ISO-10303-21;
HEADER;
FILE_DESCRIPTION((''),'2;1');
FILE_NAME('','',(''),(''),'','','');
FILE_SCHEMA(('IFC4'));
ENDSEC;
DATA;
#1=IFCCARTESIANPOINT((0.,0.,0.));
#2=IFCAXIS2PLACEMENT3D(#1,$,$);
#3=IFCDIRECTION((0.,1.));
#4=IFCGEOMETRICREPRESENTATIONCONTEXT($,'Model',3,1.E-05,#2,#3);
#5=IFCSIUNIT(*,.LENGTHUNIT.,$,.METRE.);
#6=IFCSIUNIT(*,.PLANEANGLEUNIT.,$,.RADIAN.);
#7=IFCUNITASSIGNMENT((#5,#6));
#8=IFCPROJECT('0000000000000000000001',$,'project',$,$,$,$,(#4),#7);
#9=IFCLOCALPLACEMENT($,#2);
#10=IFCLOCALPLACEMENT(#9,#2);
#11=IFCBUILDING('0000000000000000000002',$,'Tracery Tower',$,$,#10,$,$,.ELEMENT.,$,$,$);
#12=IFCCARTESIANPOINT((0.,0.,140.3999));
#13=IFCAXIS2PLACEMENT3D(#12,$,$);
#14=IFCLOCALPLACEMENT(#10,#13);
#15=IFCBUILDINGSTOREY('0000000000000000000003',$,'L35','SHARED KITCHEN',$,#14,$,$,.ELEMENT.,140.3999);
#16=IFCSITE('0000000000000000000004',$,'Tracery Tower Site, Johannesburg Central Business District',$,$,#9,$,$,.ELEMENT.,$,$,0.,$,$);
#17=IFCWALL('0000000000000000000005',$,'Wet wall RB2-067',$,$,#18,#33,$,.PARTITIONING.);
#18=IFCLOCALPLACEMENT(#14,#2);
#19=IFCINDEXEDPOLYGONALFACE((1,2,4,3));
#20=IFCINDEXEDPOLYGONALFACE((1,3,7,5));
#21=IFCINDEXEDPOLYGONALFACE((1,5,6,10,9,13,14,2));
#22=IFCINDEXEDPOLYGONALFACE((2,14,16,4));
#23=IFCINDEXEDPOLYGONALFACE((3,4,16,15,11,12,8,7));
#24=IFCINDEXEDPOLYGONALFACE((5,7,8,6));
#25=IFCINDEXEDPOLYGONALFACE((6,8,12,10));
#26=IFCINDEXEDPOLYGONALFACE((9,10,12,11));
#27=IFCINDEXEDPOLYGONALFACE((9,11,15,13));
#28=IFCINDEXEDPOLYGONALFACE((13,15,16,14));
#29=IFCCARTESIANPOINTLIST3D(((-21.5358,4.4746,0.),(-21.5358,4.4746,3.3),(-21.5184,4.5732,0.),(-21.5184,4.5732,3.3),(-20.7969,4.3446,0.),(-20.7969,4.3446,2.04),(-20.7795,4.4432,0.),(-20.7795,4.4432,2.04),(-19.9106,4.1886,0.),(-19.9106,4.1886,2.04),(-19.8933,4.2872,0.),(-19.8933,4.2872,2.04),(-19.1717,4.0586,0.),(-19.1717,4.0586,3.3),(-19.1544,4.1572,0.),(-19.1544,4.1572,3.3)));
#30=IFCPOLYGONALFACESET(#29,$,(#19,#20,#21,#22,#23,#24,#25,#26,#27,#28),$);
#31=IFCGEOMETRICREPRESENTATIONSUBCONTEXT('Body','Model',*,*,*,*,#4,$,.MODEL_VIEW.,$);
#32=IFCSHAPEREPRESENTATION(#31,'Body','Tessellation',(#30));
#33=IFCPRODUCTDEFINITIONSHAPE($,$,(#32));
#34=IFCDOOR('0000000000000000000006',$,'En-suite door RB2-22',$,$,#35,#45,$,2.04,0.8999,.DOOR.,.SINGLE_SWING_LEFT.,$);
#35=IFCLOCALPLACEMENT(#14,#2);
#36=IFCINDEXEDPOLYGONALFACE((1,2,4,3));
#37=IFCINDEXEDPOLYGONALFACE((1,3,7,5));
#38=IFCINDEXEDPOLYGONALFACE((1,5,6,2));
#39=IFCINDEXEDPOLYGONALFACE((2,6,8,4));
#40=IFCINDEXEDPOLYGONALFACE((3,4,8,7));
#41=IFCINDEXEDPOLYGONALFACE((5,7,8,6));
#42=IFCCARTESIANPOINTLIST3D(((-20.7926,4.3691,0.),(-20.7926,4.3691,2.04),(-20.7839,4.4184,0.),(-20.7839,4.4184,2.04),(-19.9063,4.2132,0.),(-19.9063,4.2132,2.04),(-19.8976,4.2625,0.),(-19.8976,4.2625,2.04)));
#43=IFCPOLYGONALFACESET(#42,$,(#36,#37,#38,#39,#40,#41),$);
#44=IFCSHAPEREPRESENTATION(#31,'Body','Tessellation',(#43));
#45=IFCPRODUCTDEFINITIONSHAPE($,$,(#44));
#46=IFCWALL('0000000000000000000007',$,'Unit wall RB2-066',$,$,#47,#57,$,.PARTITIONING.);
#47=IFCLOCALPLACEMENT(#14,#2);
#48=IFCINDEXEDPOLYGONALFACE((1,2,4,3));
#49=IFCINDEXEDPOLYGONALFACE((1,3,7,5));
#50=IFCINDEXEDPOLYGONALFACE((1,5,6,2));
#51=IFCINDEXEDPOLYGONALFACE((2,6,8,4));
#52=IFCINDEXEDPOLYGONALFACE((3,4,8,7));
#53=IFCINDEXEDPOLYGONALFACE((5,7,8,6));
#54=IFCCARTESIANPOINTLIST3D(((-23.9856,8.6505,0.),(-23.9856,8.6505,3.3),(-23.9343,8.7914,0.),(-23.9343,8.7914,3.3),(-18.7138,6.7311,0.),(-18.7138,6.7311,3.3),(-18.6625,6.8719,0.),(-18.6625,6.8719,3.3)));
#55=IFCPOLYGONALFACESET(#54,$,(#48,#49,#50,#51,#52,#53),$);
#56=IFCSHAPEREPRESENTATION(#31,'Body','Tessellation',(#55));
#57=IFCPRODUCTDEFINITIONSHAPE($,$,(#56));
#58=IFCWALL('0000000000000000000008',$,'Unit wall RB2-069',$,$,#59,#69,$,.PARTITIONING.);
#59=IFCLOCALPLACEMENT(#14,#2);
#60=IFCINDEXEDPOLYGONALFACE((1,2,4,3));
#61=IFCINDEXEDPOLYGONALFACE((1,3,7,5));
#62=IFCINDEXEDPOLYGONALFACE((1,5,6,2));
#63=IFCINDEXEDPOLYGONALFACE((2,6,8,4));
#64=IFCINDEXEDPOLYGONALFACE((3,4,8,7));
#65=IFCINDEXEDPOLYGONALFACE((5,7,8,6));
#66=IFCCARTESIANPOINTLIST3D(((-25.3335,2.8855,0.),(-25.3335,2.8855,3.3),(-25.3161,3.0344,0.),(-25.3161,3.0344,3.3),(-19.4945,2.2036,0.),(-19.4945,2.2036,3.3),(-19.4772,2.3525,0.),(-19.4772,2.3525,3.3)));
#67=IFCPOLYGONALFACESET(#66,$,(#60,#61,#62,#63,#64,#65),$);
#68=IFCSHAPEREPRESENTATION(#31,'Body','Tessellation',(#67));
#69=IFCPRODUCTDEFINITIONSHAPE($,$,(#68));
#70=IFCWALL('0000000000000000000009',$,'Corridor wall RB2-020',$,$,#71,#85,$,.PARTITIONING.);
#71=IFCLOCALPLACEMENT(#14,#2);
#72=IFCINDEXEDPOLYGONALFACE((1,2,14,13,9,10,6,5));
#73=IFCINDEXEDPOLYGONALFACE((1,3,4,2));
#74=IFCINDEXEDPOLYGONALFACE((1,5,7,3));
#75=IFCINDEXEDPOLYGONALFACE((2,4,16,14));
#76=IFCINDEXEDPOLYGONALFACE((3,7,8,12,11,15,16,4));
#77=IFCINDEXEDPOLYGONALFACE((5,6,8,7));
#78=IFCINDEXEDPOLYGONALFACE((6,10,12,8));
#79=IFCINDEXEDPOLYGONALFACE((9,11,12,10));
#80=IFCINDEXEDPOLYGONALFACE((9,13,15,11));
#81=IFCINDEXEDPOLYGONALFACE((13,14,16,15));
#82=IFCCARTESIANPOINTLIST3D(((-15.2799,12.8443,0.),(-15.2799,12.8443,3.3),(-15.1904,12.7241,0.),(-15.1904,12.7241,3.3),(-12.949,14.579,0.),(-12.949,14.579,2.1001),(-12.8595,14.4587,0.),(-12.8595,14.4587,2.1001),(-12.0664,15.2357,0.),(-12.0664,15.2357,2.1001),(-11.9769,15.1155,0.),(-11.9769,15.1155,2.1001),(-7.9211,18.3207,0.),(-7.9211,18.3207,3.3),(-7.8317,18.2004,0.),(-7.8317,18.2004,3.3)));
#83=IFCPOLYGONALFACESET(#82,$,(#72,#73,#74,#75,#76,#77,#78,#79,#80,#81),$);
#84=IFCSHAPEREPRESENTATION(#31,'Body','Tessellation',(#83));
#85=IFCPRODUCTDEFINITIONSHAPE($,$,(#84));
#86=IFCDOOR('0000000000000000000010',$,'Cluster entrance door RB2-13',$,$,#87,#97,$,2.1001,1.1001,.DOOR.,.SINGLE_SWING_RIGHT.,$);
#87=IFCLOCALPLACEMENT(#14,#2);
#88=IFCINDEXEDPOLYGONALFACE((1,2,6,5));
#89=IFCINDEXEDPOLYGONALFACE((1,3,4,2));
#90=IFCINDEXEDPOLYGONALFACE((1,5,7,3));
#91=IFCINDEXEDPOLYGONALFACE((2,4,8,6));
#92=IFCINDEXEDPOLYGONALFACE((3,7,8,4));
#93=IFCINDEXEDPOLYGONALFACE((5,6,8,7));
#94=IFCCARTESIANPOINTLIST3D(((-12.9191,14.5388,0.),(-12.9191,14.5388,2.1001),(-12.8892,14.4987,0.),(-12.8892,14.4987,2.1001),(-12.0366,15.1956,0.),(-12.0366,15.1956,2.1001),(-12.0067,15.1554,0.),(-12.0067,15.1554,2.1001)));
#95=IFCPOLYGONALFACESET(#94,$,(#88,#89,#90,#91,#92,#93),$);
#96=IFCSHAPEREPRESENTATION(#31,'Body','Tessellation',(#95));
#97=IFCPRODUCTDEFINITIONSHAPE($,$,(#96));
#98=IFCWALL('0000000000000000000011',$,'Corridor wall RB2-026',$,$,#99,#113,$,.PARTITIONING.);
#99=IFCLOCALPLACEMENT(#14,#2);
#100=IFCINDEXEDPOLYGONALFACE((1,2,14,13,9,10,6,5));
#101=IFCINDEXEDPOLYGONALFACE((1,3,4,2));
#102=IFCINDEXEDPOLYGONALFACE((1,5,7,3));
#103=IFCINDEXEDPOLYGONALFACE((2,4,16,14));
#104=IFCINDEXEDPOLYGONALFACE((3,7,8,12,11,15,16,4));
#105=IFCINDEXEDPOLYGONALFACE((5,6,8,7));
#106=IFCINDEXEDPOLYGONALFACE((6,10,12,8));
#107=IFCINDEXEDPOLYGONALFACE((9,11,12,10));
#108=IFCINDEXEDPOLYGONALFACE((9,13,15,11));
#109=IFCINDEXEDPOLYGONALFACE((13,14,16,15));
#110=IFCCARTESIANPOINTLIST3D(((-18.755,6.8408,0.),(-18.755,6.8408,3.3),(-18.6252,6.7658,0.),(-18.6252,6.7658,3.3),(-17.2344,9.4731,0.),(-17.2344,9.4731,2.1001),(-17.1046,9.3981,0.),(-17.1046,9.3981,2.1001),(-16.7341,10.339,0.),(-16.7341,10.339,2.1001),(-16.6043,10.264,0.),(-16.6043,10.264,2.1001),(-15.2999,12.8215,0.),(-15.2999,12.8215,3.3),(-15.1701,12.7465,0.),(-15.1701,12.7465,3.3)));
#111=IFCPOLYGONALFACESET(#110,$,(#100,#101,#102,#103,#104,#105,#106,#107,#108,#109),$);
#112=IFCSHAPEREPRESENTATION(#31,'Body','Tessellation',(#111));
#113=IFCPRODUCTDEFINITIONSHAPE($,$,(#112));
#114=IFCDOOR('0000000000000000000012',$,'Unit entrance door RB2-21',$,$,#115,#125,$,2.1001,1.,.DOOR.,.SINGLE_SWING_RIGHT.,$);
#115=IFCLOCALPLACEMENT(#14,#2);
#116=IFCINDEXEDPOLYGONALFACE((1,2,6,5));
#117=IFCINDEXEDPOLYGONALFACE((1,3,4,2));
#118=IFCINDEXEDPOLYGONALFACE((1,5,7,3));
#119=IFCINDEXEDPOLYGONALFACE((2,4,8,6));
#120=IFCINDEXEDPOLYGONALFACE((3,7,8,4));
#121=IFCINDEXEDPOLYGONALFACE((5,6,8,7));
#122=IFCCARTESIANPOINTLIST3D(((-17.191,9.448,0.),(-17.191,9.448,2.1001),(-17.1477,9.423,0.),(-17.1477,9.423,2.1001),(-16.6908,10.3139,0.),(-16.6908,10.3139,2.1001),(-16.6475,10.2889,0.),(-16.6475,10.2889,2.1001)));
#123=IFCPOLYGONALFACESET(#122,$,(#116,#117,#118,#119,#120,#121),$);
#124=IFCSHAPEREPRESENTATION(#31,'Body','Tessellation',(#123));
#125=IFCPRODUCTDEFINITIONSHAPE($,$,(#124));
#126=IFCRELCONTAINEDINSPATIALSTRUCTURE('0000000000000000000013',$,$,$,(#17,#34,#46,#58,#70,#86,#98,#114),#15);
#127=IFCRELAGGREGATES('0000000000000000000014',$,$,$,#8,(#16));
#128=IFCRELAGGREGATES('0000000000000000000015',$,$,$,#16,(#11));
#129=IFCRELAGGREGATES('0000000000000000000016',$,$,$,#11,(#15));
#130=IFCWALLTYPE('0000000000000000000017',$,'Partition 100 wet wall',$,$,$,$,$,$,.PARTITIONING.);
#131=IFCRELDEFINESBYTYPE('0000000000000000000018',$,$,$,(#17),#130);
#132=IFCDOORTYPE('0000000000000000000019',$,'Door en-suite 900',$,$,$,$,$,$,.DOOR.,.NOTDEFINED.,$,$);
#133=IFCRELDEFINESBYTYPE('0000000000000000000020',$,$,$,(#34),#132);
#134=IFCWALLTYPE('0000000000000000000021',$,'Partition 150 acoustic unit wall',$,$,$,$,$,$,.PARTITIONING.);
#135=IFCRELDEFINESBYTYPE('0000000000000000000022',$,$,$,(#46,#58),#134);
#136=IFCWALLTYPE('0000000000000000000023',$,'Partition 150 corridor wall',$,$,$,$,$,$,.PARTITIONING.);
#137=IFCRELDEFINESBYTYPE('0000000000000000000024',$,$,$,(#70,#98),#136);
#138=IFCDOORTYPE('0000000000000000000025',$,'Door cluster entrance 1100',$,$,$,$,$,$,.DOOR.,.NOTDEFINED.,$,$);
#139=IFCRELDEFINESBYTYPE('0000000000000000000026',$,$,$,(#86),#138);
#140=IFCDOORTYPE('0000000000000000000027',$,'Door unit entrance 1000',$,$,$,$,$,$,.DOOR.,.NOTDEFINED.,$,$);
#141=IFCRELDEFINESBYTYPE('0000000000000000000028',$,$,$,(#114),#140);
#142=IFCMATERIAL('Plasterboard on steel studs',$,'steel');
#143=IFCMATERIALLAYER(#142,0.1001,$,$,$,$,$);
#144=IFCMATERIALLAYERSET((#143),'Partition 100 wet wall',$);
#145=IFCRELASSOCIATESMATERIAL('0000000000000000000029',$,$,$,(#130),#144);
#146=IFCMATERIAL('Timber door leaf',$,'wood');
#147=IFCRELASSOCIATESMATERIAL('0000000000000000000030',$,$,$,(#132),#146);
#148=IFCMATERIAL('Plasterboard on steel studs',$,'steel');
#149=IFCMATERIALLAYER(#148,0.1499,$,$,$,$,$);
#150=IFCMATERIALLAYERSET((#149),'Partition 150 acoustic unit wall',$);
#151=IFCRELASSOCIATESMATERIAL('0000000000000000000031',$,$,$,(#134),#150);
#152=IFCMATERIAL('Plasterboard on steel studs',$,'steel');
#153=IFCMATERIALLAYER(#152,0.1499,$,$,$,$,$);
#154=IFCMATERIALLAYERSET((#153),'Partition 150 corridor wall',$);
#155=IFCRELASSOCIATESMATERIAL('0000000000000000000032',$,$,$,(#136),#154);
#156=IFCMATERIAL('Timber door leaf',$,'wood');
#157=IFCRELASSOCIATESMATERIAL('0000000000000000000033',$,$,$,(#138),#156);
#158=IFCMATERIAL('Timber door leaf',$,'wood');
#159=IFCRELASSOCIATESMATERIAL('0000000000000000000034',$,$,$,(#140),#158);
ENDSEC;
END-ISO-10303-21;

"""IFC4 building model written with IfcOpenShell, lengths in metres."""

from ifc_helpers import new_model, si_unit, direction, frame, frame_2d, origin, place, context, subcontext, project, spatial, rectangle, extrude, material, layer, layer_set, type_object, element, fill, save


model = new_model("IFC4")

# Units and contexts
model_context = context("Model", 3, precision=1e-05, world=origin(), true_north=direction((0.0, 1.0)))
body_context = subcontext(model_context, "Body", "Model", "MODEL_VIEW")
ifc_project = project(units=[si_unit("LENGTHUNIT", "METRE"), si_unit("PLANEANGLEUNIT", "RADIAN")], contexts=[model_context])

# Site, building, storey
site_placement = place(None, origin())
site = spatial("IfcSite", under=ifc_project, at=site_placement, Name="Tracery Tower Site, Johannesburg Central Business District", CompositionType="ELEMENT", RefElevation=0.0)
building_placement = place(site_placement, origin())
building = spatial("IfcBuilding", under=site, at=building_placement, Name="Tracery Tower", CompositionType="ELEMENT")
storey_placement = place(building_placement, frame((0.0, 0.0, 140.3999)))
storey = spatial("IfcBuildingStorey", under=building, at=storey_placement, Name="L35", Description="SHARED KITCHEN", CompositionType="ELEMENT", Elevation=140.3999)

# Shared definitions
ifc_material_1 = material(Name="Plasterboard on steel studs", Category="steel")
ifc_layer_1 = layer(ifc_material_1, 0.1001)
ifc_layer_set_1 = layer_set([ifc_layer_1], Name="Partition 100 wet wall")
wall_type_1 = type_object("IfcWallType", Name="Partition 100 wet wall", PredefinedType="PARTITIONING", material=ifc_layer_set_1)

# Shared definitions
ifc_material_2 = material(Name="Timber door leaf", Category="wood")
door_type_1 = type_object("IfcDoorType", Name="Door en-suite 900", OperationType="NOTDEFINED", PredefinedType="DOOR", material=ifc_material_2)

# Wall, opening, door
wall_1_placement = place(storey_placement, frame((-21.5271, 4.5239, 0.0), z_axis=(0.0, 0.0, 1.0), x_axis=(0.984866, -0.173315, 0.0)))
wall_1 = element("IfcWall", 1, at=wall_1_placement, inside=storey, type_object=wall_type_1, Name="Wet wall RB2-067", PredefinedType="PARTITIONING", context=body_context, shape_type="SweptSolid", body=[
    extrude(rectangle(XDim=2.4004, YDim=0.1001, at=frame_2d((1.2002, 0.0))), origin(), (0.0, 0.0, 1.0), 3.3),
])
opening_1_placement = place(wall_1_placement, frame((0.7502, 0.0, 0.0)))
opening_1 = element("IfcOpeningElement", 2, at=opening_1_placement, cuts=wall_1, PredefinedType="OPENING", context=body_context, shape_type="SweptSolid", body=[
    extrude(rectangle(XDim=0.8999, YDim=2.04, at=frame_2d((0.45, 1.02))), frame((0.0, 0.05, 0.0), z_axis=(0.0, -1.0, 0.0), x_axis=(1.0, 0.0, 0.0)), (0.0, 0.0, 1.0), 0.1001),
])
door_1_placement = place(opening_1_placement, origin())
door_1 = element("IfcDoor", 3, at=door_1_placement, inside=storey, type_object=door_type_1, Name="En-suite door RB2-22", OperationType="SINGLE_SWING_LEFT", OverallHeight=2.04, OverallWidth=0.8999, PredefinedType="DOOR", context=body_context, shape_type="SweptSolid", body=[
    extrude(rectangle(XDim=0.8999, YDim=2.04, at=frame_2d((0.45, 1.02))), frame((0.0, 0.0249, 0.0), z_axis=(0.0, -1.0, 0.0), x_axis=(1.0, 0.0, 0.0)), (0.0, 0.0, 1.0), 0.05),
])
fill(opening_1, door_1)

# Walls
ifc_material_3 = material(Name="Plasterboard on steel studs", Category="steel")
ifc_layer_2 = layer(ifc_material_3, 0.1499)
ifc_layer_set_2 = layer_set([ifc_layer_2], Name="Partition 150 acoustic unit wall")
wall_type_2 = type_object("IfcWallType", Name="Partition 150 acoustic unit wall", PredefinedType="PARTITIONING", material=ifc_layer_set_2)
wall_2_placement = place(storey_placement, frame((-23.96, 8.7209, 0.0), z_axis=(0.0, 0.0, 1.0), x_axis=(0.939654, -0.342127, 0.0)))
element("IfcWall", 4, at=wall_2_placement, inside=storey, type_object=wall_type_2, Name="Unit wall RB2-066", PredefinedType="PARTITIONING", context=body_context, shape_type="SweptSolid", body=[
    extrude(rectangle(XDim=5.6104, YDim=0.1499, at=frame_2d((2.8052, 0.0))), origin(), (0.0, 0.0, 1.0), 3.3),
])
wall_3_placement = place(storey_placement, frame((-25.325, 2.96, 0.0), z_axis=(0.0, 0.0, 1.0), x_axis=(0.99325, -0.115995, 0.0)))
element("IfcWall", 5, at=wall_3_placement, inside=storey, type_object=wall_type_2, Name="Unit wall RB2-069", PredefinedType="PARTITIONING", context=body_context, shape_type="SweptSolid", body=[
    extrude(rectangle(XDim=5.8787, YDim=0.1499, at=frame_2d((2.9395, 0.0))), origin(), (0.0, 0.0, 1.0), 3.3),
])

# Walls, openings, doors
ifc_material_4 = material(Name="Plasterboard on steel studs", Category="steel")
ifc_layer_3 = layer(ifc_material_4, 0.1499)
ifc_layer_set_3 = layer_set([ifc_layer_3], Name="Partition 150 corridor wall")
wall_type_3 = type_object("IfcWallType", Name="Partition 150 corridor wall", PredefinedType="PARTITIONING", material=ifc_layer_set_3)
wall_4_placement = place(storey_placement, frame((-15.2351, 12.7842, 0.0), z_axis=(0.0, 0.0, 1.0), x_axis=(0.802227, 0.597019, 0.0)))
wall_4 = element("IfcWall", 6, at=wall_4_placement, inside=storey, type_object=wall_type_3, Name="Corridor wall RB2-020", PredefinedType="PARTITIONING", context=body_context, shape_type="SweptSolid", body=[
    extrude(rectangle(XDim=9.1729, YDim=0.1499, at=frame_2d((4.5864, 0.0))), origin(), (0.0, 0.0, 1.0), 3.3),
])
opening_2_placement = place(wall_4_placement, frame((2.9055, 0.0, 0.0)))
opening_2 = element("IfcOpeningElement", 7, at=opening_2_placement, cuts=wall_4, PredefinedType="OPENING", context=body_context, shape_type="SweptSolid", body=[
    extrude(rectangle(XDim=1.1001, YDim=2.1001, at=frame_2d((0.55, 1.05))), frame((0.0, 0.075, 0.0), z_axis=(0.0, -1.0, 0.0), x_axis=(1.0, 0.0, 0.0)), (0.0, 0.0, 1.0), 0.1499),
])
ifc_material_5 = material(Name="Timber door leaf", Category="wood")
door_type_2 = type_object("IfcDoorType", Name="Door cluster entrance 1100", OperationType="NOTDEFINED", PredefinedType="DOOR", material=ifc_material_5)
door_2_placement = place(opening_2_placement, origin())
door_2 = element("IfcDoor", 8, at=door_2_placement, inside=storey, type_object=door_type_2, Name="Cluster entrance door RB2-13", OperationType="SINGLE_SWING_RIGHT", OverallHeight=2.1001, OverallWidth=1.1001, PredefinedType="DOOR", context=body_context, shape_type="SweptSolid", body=[
    extrude(rectangle(XDim=1.1001, YDim=2.1001, at=frame_2d((0.55, 1.05))), frame((0.0, 0.0249, 0.0), z_axis=(0.0, -1.0, 0.0), x_axis=(1.0, 0.0, 0.0)), (0.0, 0.0, 1.0), 0.05),
])
fill(opening_2, door_2)
wall_5_placement = place(storey_placement, frame((-18.6902, 6.8032, 0.0), z_axis=(0.0, 0.0, 1.0), x_axis=(0.500229, 0.865893, 0.0)))
wall_5 = element("IfcWall", 9, at=wall_5_placement, inside=storey, type_object=wall_type_3, Name="Corridor wall RB2-026", PredefinedType="PARTITIONING", context=body_context, shape_type="SweptSolid", body=[
    extrude(rectangle(XDim=6.907, YDim=0.1499, at=frame_2d((3.4536, 0.0))), origin(), (0.0, 0.0, 1.0), 3.3),
])
opening_3_placement = place(wall_5_placement, frame((3.04, 0.0, 0.0)))
opening_3 = element("IfcOpeningElement", 10, at=opening_3_placement, cuts=wall_5, PredefinedType="OPENING", context=body_context, shape_type="SweptSolid", body=[
    extrude(rectangle(XDim=1.0, YDim=2.1001, at=frame_2d((0.5, 1.05))), frame((0.0, 0.075, 0.0), z_axis=(0.0, -1.0, 0.0), x_axis=(1.0, 0.0, 0.0)), (0.0, 0.0, 1.0), 0.1499),
])
ifc_material_6 = material(Name="Timber door leaf", Category="wood")
door_type_3 = type_object("IfcDoorType", Name="Door unit entrance 1000", OperationType="NOTDEFINED", PredefinedType="DOOR", material=ifc_material_6)
door_3_placement = place(opening_3_placement, origin())
door_3 = element("IfcDoor", 11, at=door_3_placement, inside=storey, type_object=door_type_3, Name="Unit entrance door RB2-21", OperationType="SINGLE_SWING_RIGHT", OverallHeight=2.1001, OverallWidth=1.0, PredefinedType="DOOR", context=body_context, shape_type="SweptSolid", body=[
    extrude(rectangle(XDim=1.0, YDim=2.1001, at=frame_2d((0.5, 1.05))), frame((0.0, 0.0249, 0.0), z_axis=(0.0, -1.0, 0.0), x_axis=(1.0, 0.0, 0.0)), (0.0, 0.0, 1.0), 0.05),
])
fill(opening_3, door_3)

save(model, "model.ifc")
